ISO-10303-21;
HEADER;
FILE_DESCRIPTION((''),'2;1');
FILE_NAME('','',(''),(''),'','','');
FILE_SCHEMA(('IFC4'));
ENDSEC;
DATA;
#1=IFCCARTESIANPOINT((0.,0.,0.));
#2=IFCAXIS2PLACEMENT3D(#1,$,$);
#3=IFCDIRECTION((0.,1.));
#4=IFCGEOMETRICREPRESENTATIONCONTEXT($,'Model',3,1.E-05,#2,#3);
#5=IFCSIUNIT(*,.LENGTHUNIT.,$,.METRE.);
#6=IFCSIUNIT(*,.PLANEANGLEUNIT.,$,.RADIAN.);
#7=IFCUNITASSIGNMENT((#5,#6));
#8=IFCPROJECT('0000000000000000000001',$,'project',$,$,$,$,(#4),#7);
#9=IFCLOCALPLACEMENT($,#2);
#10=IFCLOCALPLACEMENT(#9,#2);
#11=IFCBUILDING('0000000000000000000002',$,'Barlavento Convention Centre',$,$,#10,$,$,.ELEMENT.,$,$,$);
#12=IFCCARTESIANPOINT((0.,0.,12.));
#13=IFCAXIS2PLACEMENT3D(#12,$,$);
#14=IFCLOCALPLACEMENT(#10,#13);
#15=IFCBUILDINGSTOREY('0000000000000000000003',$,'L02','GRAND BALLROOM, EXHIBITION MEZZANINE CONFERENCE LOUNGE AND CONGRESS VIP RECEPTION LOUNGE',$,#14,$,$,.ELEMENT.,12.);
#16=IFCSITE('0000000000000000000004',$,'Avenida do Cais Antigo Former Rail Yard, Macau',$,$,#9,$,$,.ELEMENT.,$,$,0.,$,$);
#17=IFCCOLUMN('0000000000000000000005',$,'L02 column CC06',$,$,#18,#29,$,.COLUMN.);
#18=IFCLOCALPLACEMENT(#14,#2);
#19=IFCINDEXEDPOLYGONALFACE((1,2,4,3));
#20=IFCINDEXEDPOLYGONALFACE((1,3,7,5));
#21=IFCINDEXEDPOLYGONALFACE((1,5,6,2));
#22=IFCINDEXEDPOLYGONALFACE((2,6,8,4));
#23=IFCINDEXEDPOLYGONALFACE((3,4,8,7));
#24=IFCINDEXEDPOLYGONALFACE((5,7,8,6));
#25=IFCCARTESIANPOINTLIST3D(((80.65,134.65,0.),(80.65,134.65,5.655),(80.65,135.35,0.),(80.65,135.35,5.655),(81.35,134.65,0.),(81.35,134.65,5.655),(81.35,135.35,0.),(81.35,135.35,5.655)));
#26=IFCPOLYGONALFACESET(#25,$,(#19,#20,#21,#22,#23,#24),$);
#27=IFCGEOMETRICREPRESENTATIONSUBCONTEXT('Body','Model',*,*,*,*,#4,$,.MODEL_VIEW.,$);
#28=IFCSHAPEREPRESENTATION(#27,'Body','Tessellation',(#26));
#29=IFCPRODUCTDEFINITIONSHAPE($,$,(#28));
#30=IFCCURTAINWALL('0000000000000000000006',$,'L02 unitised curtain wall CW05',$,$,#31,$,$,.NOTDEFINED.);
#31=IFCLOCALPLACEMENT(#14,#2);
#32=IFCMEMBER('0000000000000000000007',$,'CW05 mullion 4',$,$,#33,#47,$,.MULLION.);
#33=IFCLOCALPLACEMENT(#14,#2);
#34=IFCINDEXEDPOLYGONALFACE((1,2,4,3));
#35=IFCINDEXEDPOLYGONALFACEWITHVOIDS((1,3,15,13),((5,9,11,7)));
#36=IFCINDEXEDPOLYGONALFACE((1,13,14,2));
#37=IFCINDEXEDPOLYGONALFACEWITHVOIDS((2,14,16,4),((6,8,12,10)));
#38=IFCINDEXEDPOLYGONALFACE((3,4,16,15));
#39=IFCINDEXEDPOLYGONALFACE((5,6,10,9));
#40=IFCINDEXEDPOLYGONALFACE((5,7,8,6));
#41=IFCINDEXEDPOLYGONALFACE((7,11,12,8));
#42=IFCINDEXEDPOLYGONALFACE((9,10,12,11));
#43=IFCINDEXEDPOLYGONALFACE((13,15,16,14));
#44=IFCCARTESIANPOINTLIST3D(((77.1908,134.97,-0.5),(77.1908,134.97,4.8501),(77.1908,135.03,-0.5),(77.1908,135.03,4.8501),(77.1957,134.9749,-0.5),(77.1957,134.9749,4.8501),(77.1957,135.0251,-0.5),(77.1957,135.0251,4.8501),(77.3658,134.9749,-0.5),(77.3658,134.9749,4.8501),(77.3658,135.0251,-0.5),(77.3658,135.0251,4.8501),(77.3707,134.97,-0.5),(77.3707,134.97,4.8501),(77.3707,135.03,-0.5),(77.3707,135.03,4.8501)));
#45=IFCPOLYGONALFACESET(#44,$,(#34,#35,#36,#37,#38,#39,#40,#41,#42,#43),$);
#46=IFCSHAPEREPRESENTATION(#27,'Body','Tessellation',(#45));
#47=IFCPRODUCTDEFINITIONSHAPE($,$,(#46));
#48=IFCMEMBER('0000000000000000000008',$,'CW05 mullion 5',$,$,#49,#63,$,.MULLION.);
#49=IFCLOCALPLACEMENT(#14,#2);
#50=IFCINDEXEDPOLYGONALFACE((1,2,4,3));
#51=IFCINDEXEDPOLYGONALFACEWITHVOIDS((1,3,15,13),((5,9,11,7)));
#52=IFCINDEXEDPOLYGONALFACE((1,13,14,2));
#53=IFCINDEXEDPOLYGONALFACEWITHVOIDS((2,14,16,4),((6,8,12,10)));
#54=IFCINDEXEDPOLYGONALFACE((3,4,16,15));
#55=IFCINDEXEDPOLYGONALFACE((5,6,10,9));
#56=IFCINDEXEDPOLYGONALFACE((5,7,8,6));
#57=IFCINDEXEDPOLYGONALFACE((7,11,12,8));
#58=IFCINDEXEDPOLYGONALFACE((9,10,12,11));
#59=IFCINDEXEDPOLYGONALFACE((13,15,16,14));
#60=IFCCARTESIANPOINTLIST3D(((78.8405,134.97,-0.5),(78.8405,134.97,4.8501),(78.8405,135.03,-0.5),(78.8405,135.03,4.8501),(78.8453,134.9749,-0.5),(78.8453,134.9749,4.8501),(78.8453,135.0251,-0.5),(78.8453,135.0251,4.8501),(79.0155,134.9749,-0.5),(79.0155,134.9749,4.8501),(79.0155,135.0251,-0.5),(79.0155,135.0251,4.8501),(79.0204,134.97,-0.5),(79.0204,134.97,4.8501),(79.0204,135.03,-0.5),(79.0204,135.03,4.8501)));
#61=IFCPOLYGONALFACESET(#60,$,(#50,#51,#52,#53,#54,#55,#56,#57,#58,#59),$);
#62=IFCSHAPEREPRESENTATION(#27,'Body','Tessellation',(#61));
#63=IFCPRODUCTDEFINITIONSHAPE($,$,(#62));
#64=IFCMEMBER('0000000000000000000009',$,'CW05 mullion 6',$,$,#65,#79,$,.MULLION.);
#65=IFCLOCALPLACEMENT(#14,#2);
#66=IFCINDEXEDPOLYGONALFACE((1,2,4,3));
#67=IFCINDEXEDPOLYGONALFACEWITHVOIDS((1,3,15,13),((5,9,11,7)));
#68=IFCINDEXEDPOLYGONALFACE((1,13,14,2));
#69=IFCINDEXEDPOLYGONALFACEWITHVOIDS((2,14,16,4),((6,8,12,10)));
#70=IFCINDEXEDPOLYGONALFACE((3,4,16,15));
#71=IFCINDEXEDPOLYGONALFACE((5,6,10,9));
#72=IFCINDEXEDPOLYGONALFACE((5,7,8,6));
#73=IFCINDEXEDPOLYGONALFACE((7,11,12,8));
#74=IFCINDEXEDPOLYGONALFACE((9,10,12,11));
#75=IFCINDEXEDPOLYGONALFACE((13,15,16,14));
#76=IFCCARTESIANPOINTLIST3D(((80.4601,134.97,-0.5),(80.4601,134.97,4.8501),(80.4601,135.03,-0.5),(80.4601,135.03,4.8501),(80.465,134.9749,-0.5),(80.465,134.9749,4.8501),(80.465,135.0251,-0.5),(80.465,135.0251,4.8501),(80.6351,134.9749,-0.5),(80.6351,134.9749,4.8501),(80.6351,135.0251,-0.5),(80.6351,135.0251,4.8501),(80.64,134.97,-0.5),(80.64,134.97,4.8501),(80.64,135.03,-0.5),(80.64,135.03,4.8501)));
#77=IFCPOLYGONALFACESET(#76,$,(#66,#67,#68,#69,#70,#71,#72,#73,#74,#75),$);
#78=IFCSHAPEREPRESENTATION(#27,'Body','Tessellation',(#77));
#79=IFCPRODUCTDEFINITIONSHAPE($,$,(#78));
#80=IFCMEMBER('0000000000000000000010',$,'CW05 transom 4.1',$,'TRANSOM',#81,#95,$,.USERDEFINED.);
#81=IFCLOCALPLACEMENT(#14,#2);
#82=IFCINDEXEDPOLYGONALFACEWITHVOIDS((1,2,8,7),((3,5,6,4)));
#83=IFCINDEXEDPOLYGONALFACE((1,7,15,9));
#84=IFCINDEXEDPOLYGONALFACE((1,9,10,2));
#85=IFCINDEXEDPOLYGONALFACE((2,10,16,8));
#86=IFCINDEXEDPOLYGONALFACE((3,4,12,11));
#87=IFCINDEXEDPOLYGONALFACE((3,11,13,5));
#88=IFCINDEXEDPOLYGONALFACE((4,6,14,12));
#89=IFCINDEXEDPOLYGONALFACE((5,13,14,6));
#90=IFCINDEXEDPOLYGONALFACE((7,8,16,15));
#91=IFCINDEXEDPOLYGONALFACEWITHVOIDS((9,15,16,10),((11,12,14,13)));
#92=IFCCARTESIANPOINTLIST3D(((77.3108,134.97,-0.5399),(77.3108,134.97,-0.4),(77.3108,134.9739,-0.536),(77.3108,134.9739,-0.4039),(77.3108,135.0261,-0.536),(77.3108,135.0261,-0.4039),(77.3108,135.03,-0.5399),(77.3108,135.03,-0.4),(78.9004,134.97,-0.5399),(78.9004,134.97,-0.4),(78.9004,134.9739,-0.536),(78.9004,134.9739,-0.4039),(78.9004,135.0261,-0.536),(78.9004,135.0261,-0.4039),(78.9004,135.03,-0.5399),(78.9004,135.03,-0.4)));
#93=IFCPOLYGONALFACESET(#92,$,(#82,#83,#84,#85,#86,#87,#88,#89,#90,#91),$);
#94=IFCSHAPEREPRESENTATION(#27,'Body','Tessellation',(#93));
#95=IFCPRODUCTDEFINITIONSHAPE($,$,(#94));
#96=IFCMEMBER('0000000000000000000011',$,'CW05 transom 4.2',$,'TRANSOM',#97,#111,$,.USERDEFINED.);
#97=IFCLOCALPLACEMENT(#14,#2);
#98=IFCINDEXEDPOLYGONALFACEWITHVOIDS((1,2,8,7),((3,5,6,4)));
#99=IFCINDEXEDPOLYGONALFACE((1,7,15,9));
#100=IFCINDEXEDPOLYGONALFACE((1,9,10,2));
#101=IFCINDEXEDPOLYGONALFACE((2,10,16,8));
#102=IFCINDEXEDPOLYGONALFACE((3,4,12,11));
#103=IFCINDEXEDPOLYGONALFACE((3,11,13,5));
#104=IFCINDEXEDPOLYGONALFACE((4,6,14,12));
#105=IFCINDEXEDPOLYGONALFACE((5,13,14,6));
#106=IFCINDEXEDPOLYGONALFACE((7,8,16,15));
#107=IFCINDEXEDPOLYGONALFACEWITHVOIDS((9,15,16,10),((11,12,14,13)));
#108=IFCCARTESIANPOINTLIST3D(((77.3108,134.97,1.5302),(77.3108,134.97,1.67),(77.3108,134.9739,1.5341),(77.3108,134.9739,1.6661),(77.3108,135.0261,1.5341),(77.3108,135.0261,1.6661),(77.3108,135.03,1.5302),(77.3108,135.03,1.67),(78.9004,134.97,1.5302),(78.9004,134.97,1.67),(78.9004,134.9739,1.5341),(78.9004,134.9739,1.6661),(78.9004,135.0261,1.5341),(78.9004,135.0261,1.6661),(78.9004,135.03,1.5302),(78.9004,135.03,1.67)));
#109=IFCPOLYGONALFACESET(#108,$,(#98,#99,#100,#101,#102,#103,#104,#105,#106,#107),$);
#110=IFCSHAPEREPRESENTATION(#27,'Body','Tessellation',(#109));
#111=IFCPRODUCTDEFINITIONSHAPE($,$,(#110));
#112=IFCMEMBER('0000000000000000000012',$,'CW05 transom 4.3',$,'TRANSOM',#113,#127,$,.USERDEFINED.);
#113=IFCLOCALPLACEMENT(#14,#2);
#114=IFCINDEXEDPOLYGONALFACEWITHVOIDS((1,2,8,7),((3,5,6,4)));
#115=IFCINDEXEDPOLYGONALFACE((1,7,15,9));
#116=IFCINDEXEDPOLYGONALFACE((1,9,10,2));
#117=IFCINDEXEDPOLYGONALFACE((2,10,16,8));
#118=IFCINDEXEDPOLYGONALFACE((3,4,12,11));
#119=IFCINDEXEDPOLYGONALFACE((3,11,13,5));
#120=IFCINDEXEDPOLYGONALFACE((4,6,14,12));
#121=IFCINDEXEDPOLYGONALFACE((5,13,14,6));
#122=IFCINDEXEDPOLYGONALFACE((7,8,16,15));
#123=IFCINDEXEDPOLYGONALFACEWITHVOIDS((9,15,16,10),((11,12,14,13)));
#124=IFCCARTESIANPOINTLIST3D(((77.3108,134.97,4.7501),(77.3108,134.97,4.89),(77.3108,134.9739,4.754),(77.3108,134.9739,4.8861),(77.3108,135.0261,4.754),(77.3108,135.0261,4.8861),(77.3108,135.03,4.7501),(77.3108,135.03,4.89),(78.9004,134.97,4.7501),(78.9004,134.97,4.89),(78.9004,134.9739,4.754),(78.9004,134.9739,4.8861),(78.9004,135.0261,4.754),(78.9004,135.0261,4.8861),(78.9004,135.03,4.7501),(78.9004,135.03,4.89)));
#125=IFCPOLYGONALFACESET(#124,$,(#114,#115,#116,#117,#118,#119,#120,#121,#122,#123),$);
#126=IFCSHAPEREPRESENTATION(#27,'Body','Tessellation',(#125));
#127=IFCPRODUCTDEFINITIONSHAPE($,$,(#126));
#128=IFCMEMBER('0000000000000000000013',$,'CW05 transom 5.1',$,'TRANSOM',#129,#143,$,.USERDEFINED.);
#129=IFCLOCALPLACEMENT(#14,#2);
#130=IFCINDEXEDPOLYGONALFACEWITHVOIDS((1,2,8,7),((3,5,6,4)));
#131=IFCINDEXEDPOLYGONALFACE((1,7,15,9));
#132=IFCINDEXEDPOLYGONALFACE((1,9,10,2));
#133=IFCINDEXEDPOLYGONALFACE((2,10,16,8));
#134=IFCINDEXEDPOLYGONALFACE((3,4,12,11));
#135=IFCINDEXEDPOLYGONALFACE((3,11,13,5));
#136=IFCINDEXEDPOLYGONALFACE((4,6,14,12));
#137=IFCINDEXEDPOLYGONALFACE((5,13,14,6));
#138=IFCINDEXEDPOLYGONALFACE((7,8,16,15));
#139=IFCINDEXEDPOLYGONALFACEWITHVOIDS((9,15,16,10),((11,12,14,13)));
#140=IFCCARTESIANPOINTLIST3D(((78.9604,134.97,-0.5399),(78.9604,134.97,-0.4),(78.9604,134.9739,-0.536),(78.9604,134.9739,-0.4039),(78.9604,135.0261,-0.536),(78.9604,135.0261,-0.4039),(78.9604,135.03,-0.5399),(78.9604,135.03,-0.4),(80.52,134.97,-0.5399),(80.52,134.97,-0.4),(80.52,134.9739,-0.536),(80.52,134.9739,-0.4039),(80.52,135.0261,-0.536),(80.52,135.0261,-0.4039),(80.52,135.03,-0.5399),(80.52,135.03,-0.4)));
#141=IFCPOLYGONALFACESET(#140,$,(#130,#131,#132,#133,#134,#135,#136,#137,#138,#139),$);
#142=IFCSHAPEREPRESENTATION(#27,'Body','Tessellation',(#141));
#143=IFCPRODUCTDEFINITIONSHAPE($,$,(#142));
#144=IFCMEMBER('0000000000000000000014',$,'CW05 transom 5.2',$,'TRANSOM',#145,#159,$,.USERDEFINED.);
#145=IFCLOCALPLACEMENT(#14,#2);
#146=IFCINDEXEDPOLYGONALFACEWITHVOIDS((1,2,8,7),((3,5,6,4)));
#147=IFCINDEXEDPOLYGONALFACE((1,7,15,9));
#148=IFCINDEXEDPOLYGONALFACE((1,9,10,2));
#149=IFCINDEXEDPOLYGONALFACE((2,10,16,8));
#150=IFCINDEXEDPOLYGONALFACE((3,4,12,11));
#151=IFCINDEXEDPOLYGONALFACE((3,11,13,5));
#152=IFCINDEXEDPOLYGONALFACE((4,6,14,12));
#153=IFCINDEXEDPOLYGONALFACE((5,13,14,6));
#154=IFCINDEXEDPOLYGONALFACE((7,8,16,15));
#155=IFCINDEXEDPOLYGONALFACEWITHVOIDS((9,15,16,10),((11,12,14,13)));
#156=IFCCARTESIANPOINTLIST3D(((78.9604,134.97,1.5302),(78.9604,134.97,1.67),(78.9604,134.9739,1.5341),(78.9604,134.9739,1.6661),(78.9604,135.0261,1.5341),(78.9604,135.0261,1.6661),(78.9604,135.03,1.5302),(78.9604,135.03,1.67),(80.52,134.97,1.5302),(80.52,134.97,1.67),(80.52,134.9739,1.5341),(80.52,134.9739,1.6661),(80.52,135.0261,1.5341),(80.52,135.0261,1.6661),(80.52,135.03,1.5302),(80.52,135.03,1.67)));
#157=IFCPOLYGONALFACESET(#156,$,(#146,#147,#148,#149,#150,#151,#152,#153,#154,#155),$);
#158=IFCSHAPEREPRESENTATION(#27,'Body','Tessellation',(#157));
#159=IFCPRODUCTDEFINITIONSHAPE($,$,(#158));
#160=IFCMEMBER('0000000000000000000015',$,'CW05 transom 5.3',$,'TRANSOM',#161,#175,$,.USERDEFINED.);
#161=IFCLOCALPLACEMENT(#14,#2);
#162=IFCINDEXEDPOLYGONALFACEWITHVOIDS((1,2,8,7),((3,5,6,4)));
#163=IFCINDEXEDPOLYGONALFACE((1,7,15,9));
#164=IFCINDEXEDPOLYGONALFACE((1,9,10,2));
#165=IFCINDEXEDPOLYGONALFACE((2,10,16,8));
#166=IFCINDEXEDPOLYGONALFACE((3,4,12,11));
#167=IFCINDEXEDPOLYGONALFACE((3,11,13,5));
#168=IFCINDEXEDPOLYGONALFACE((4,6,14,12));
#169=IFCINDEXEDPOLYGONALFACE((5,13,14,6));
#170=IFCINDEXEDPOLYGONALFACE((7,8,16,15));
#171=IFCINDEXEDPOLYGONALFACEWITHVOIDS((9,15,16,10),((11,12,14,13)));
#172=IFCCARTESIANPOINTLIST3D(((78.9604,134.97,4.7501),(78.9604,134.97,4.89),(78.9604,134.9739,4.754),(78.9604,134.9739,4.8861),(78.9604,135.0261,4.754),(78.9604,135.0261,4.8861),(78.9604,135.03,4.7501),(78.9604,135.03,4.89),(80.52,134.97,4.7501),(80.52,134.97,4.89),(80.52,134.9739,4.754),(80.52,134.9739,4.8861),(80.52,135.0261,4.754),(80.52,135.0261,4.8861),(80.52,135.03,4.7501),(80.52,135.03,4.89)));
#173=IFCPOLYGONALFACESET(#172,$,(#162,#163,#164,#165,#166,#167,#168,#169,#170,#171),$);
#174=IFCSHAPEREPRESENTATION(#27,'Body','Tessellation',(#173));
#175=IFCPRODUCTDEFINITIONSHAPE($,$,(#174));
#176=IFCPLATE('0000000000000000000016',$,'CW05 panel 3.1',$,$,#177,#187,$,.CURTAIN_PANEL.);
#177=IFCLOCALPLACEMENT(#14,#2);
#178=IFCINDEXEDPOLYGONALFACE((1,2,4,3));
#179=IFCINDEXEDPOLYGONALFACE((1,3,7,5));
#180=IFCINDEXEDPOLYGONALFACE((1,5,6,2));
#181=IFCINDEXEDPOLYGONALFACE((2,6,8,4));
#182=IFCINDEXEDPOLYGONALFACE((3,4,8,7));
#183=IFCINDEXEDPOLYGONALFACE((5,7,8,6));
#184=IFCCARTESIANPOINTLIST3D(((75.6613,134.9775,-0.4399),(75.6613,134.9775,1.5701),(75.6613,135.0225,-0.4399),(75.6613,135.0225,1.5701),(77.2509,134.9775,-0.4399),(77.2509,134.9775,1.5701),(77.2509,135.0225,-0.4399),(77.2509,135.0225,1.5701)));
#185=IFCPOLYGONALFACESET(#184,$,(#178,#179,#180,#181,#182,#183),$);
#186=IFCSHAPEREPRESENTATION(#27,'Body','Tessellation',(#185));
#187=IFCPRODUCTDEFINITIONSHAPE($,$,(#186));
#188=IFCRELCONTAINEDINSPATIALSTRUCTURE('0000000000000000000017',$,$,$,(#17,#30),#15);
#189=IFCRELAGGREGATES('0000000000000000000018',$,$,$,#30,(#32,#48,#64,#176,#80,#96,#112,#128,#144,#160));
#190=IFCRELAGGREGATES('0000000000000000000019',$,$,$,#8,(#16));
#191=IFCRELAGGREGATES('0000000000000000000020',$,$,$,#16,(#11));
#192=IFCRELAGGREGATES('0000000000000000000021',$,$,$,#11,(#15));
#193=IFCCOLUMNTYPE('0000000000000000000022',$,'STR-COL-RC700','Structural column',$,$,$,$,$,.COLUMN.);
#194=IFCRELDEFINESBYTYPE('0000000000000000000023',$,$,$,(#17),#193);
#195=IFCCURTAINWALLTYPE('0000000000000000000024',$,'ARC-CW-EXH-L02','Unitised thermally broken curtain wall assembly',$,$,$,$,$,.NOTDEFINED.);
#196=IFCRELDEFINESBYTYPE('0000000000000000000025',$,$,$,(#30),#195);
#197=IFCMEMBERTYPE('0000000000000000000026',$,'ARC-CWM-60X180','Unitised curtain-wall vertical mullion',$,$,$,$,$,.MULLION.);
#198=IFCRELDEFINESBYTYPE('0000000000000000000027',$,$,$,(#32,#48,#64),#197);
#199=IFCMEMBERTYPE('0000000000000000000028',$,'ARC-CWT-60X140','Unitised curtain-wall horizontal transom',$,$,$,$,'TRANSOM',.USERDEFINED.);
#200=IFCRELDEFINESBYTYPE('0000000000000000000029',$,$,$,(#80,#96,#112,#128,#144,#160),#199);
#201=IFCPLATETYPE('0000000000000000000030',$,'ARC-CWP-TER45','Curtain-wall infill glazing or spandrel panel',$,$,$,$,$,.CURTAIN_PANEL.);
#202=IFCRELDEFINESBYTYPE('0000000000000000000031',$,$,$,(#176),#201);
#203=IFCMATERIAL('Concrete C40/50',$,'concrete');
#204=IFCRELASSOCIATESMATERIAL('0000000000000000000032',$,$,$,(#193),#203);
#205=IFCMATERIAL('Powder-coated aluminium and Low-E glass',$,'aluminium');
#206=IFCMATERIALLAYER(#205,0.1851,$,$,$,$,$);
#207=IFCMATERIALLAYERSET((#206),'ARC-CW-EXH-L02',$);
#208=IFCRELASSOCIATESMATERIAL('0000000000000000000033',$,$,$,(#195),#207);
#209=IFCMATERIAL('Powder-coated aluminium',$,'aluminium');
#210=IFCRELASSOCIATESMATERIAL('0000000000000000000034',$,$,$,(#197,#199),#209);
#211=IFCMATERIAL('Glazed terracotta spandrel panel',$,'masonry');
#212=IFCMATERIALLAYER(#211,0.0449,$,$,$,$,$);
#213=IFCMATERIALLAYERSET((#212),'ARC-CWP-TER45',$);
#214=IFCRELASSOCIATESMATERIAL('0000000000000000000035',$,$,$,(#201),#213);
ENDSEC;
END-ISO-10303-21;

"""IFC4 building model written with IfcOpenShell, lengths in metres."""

from ifc_helpers import new_model, si_unit, direction, frame, origin, origin_2d, place, context, subcontext, project, spatial, rectangle, hollow_rectangle, extrude, material, layer, layer_set, material_profile, profile_set, type_object, element, aggregate, save


model = new_model("IFC4")

# Units and contexts
model_context = context("Model", 3, precision=1e-05, world=origin(), true_north=direction((0.0, 1.0)))
body_context = subcontext(model_context, "Body", "Model", "MODEL_VIEW")
ifc_project = project(units=[si_unit("LENGTHUNIT", "METRE"), si_unit("PLANEANGLEUNIT", "RADIAN")], contexts=[model_context])

# Site, building, storey
site_placement = place(None, origin())
site = spatial("IfcSite", under=ifc_project, at=site_placement, Name="Avenida do Cais Antigo Former Rail Yard, Macau", CompositionType="ELEMENT", RefElevation=0.0)
building_placement = place(site_placement, origin())
building = spatial("IfcBuilding", under=site, at=building_placement, Name="Barlavento Convention Centre", CompositionType="ELEMENT")
storey_placement = place(building_placement, frame((0.0, 0.0, 12.0)))
storey = spatial("IfcBuildingStorey", under=building, at=storey_placement, Name="L02", Description="GRAND BALLROOM, EXHIBITION MEZZANINE CONFERENCE LOUNGE AND CONGRESS VIP RECEPTION LOUNGE", CompositionType="ELEMENT", Elevation=12.0)

# Column
ifc_material_1 = material(Name="Concrete C40/50", Category="concrete")
ifc_material_profile_1 = material_profile(ifc_material_1, rectangle(XDim=0.7, YDim=0.7, at=origin_2d()), Name="RC 700x700")
ifc_profile_set_1 = profile_set([ifc_material_profile_1], Name="Concrete C40/50")
column_type = type_object("IfcColumnType", Name="STR-COL-RC700", Description="Structural column", PredefinedType="COLUMN", material=ifc_profile_set_1)
column_placement = place(storey_placement, frame((81.0, 135.0, 0.0), z_axis=(0.0, 0.0, 1.0), x_axis=(1.0, 0.0, 0.0)))
element("IfcColumn", 1, at=column_placement, inside=storey, type_object=column_type, Name="L02 column CC06", PredefinedType="COLUMN", context=body_context, shape_type="SweptSolid", body=[
    extrude(rectangle(XDim=0.7, YDim=0.7, at=origin_2d()), origin(), (0.0, 0.0, 1.0), 5.655),
])

# Curtain wall, members, plate
ifc_material_2 = material(Name="Powder-coated aluminium and Low-E glass", Category="aluminium")
ifc_layer_1 = layer(ifc_material_2, 0.1851)
ifc_layer_set_1 = layer_set([ifc_layer_1], Name="ARC-CW-EXH-L02")
curtain_wall_type = type_object("IfcCurtainWallType", Name="ARC-CW-EXH-L02", Description="Unitised thermally broken curtain wall assembly", PredefinedType="NOTDEFINED", material=ifc_layer_set_1)
curtain_wall_placement = place(storey_placement, origin())
curtain_wall = element("IfcCurtainWall", 2, at=curtain_wall_placement, inside=storey, type_object=curtain_wall_type, Name="L02 unitised curtain wall CW05", PredefinedType="NOTDEFINED")
ifc_material_3 = material(Name="Powder-coated aluminium", Category="aluminium")
ifc_material_profile_2 = material_profile(ifc_material_3, hollow_rectangle(XDim=0.0601, YDim=0.1799, WallThickness=0.0049, at=origin_2d()), Name="AL-MULL 60x180x5")
ifc_profile_set_2 = profile_set([ifc_material_profile_2], Name="Powder-coated aluminium")
member_type_1 = type_object("IfcMemberType", Name="ARC-CWM-60X180", Description="Unitised curtain-wall vertical mullion", PredefinedType="MULLION", material=ifc_profile_set_2)
member_1_placement = place(storey_placement, frame((77.2808, 135.0, -0.5), z_axis=(0.0, 0.0, 1.0), x_axis=(0.0, 1.0, 0.0)))
member_1 = element("IfcMember", 3, at=member_1_placement, type_object=member_type_1, Name="CW05 mullion 4", PredefinedType="MULLION", context=body_context, shape_type="SweptSolid", body=[
    extrude(hollow_rectangle(XDim=0.0601, YDim=0.1799, WallThickness=0.0049, at=origin_2d()), origin(), (0.0, 0.0, 1.0), 5.3501),
])
member_2_placement = place(storey_placement, frame((78.9304, 135.0, -0.5), z_axis=(0.0, 0.0, 1.0), x_axis=(0.0, 1.0, 0.0)))
member_2 = element("IfcMember", 4, at=member_2_placement, type_object=member_type_1, Name="CW05 mullion 5", PredefinedType="MULLION", context=body_context, shape_type="SweptSolid", body=[
    extrude(hollow_rectangle(XDim=0.0601, YDim=0.1799, WallThickness=0.0049, at=origin_2d()), origin(), (0.0, 0.0, 1.0), 5.3501),
])
member_3_placement = place(storey_placement, frame((80.55, 135.0, -0.5), z_axis=(0.0, 0.0, 1.0), x_axis=(0.0, 1.0, 0.0)))
member_3 = element("IfcMember", 5, at=member_3_placement, type_object=member_type_1, Name="CW05 mullion 6", PredefinedType="MULLION", context=body_context, shape_type="SweptSolid", body=[
    extrude(hollow_rectangle(XDim=0.0601, YDim=0.1799, WallThickness=0.0049, at=origin_2d()), origin(), (0.0, 0.0, 1.0), 5.3501),
])
ifc_material_profile_3 = material_profile(ifc_material_3, hollow_rectangle(XDim=0.0601, YDim=0.1399, WallThickness=0.0039, at=origin_2d()), Name="AL-TRAN 60x140x4")
ifc_profile_set_3 = profile_set([ifc_material_profile_3], Name="Powder-coated aluminium")
member_type_2 = type_object("IfcMemberType", Name="ARC-CWT-60X140", Description="Unitised curtain-wall horizontal transom", ElementType="TRANSOM", PredefinedType="USERDEFINED", material=ifc_profile_set_3)
member_4_placement = place(storey_placement, frame((77.3108, 135.0, -0.47), z_axis=(1.0, 0.0, 0.0), x_axis=(0.0, 1.0, 0.0)))
member_4 = element("IfcMember", 6, at=member_4_placement, type_object=member_type_2, Name="CW05 transom 4.1", ObjectType="TRANSOM", PredefinedType="USERDEFINED", context=body_context, shape_type="SweptSolid", body=[
    extrude(hollow_rectangle(XDim=0.0601, YDim=0.1399, WallThickness=0.0039, at=origin_2d()), origin(), (0.0, 0.0, 1.0), 1.5896),
])
member_5_placement = place(storey_placement, frame((77.3108, 135.0, 1.6001), z_axis=(1.0, 0.0, 0.0), x_axis=(0.0, 1.0, 0.0)))
member_5 = element("IfcMember", 7, at=member_5_placement, type_object=member_type_2, Name="CW05 transom 4.2", ObjectType="TRANSOM", PredefinedType="USERDEFINED", context=body_context, shape_type="SweptSolid", body=[
    extrude(hollow_rectangle(XDim=0.0601, YDim=0.1399, WallThickness=0.0039, at=origin_2d()), origin(), (0.0, 0.0, 1.0), 1.5896),
])
member_6_placement = place(storey_placement, frame((77.3108, 135.0, 4.8201), z_axis=(1.0, 0.0, 0.0), x_axis=(0.0, 1.0, 0.0)))
member_6 = element("IfcMember", 8, at=member_6_placement, type_object=member_type_2, Name="CW05 transom 4.3", ObjectType="TRANSOM", PredefinedType="USERDEFINED", context=body_context, shape_type="SweptSolid", body=[
    extrude(hollow_rectangle(XDim=0.0601, YDim=0.1399, WallThickness=0.0039, at=origin_2d()), origin(), (0.0, 0.0, 1.0), 1.5896),
])
member_7_placement = place(storey_placement, frame((78.9604, 135.0, -0.47), z_axis=(1.0, 0.0, 0.0), x_axis=(0.0, 1.0, 0.0)))
member_7 = element("IfcMember", 9, at=member_7_placement, type_object=member_type_2, Name="CW05 transom 5.1", ObjectType="TRANSOM", PredefinedType="USERDEFINED", context=body_context, shape_type="SweptSolid", body=[
    extrude(hollow_rectangle(XDim=0.0601, YDim=0.1399, WallThickness=0.0039, at=origin_2d()), origin(), (0.0, 0.0, 1.0), 1.5596),
])
member_8_placement = place(storey_placement, frame((78.9604, 135.0, 1.6001), z_axis=(1.0, 0.0, 0.0), x_axis=(0.0, 1.0, 0.0)))
member_8 = element("IfcMember", 10, at=member_8_placement, type_object=member_type_2, Name="CW05 transom 5.2", ObjectType="TRANSOM", PredefinedType="USERDEFINED", context=body_context, shape_type="SweptSolid", body=[
    extrude(hollow_rectangle(XDim=0.0601, YDim=0.1399, WallThickness=0.0039, at=origin_2d()), origin(), (0.0, 0.0, 1.0), 1.5596),
])
member_9_placement = place(storey_placement, frame((78.9604, 135.0, 4.8201), z_axis=(1.0, 0.0, 0.0), x_axis=(0.0, 1.0, 0.0)))
member_9 = element("IfcMember", 11, at=member_9_placement, type_object=member_type_2, Name="CW05 transom 5.3", ObjectType="TRANSOM", PredefinedType="USERDEFINED", context=body_context, shape_type="SweptSolid", body=[
    extrude(hollow_rectangle(XDim=0.0601, YDim=0.1399, WallThickness=0.0039, at=origin_2d()), origin(), (0.0, 0.0, 1.0), 1.5596),
])
ifc_material_4 = material(Name="Glazed terracotta spandrel panel", Category="masonry")
ifc_layer_2 = layer(ifc_material_4, 0.0449)
ifc_layer_set_2 = layer_set([ifc_layer_2], Name="ARC-CWP-TER45")
plate_type = type_object("IfcPlateType", Name="ARC-CWP-TER45", Description="Curtain-wall infill glazing or spandrel panel", PredefinedType="CURTAIN_PANEL", material=ifc_layer_set_2)
plate_1_placement = place(storey_placement, frame((76.4561, 135.0, -0.4399), z_axis=(0.0, 0.0, 1.0), x_axis=(1.0, 0.0, 0.0)))
plate_1 = element("IfcPlate", 12, at=plate_1_placement, type_object=plate_type, Name="CW05 panel 3.1", PredefinedType="CURTAIN_PANEL", context=body_context, shape_type="SweptSolid", body=[
    extrude(rectangle(XDim=1.5896, YDim=0.0449, at=origin_2d()), origin(), (0.0, 0.0, 1.0), 2.01),
])
aggregate(curtain_wall, [member_1, member_2, member_3, plate_1, member_4, member_5, member_6, member_7, member_8, member_9])

save(model, "model.ifc")
